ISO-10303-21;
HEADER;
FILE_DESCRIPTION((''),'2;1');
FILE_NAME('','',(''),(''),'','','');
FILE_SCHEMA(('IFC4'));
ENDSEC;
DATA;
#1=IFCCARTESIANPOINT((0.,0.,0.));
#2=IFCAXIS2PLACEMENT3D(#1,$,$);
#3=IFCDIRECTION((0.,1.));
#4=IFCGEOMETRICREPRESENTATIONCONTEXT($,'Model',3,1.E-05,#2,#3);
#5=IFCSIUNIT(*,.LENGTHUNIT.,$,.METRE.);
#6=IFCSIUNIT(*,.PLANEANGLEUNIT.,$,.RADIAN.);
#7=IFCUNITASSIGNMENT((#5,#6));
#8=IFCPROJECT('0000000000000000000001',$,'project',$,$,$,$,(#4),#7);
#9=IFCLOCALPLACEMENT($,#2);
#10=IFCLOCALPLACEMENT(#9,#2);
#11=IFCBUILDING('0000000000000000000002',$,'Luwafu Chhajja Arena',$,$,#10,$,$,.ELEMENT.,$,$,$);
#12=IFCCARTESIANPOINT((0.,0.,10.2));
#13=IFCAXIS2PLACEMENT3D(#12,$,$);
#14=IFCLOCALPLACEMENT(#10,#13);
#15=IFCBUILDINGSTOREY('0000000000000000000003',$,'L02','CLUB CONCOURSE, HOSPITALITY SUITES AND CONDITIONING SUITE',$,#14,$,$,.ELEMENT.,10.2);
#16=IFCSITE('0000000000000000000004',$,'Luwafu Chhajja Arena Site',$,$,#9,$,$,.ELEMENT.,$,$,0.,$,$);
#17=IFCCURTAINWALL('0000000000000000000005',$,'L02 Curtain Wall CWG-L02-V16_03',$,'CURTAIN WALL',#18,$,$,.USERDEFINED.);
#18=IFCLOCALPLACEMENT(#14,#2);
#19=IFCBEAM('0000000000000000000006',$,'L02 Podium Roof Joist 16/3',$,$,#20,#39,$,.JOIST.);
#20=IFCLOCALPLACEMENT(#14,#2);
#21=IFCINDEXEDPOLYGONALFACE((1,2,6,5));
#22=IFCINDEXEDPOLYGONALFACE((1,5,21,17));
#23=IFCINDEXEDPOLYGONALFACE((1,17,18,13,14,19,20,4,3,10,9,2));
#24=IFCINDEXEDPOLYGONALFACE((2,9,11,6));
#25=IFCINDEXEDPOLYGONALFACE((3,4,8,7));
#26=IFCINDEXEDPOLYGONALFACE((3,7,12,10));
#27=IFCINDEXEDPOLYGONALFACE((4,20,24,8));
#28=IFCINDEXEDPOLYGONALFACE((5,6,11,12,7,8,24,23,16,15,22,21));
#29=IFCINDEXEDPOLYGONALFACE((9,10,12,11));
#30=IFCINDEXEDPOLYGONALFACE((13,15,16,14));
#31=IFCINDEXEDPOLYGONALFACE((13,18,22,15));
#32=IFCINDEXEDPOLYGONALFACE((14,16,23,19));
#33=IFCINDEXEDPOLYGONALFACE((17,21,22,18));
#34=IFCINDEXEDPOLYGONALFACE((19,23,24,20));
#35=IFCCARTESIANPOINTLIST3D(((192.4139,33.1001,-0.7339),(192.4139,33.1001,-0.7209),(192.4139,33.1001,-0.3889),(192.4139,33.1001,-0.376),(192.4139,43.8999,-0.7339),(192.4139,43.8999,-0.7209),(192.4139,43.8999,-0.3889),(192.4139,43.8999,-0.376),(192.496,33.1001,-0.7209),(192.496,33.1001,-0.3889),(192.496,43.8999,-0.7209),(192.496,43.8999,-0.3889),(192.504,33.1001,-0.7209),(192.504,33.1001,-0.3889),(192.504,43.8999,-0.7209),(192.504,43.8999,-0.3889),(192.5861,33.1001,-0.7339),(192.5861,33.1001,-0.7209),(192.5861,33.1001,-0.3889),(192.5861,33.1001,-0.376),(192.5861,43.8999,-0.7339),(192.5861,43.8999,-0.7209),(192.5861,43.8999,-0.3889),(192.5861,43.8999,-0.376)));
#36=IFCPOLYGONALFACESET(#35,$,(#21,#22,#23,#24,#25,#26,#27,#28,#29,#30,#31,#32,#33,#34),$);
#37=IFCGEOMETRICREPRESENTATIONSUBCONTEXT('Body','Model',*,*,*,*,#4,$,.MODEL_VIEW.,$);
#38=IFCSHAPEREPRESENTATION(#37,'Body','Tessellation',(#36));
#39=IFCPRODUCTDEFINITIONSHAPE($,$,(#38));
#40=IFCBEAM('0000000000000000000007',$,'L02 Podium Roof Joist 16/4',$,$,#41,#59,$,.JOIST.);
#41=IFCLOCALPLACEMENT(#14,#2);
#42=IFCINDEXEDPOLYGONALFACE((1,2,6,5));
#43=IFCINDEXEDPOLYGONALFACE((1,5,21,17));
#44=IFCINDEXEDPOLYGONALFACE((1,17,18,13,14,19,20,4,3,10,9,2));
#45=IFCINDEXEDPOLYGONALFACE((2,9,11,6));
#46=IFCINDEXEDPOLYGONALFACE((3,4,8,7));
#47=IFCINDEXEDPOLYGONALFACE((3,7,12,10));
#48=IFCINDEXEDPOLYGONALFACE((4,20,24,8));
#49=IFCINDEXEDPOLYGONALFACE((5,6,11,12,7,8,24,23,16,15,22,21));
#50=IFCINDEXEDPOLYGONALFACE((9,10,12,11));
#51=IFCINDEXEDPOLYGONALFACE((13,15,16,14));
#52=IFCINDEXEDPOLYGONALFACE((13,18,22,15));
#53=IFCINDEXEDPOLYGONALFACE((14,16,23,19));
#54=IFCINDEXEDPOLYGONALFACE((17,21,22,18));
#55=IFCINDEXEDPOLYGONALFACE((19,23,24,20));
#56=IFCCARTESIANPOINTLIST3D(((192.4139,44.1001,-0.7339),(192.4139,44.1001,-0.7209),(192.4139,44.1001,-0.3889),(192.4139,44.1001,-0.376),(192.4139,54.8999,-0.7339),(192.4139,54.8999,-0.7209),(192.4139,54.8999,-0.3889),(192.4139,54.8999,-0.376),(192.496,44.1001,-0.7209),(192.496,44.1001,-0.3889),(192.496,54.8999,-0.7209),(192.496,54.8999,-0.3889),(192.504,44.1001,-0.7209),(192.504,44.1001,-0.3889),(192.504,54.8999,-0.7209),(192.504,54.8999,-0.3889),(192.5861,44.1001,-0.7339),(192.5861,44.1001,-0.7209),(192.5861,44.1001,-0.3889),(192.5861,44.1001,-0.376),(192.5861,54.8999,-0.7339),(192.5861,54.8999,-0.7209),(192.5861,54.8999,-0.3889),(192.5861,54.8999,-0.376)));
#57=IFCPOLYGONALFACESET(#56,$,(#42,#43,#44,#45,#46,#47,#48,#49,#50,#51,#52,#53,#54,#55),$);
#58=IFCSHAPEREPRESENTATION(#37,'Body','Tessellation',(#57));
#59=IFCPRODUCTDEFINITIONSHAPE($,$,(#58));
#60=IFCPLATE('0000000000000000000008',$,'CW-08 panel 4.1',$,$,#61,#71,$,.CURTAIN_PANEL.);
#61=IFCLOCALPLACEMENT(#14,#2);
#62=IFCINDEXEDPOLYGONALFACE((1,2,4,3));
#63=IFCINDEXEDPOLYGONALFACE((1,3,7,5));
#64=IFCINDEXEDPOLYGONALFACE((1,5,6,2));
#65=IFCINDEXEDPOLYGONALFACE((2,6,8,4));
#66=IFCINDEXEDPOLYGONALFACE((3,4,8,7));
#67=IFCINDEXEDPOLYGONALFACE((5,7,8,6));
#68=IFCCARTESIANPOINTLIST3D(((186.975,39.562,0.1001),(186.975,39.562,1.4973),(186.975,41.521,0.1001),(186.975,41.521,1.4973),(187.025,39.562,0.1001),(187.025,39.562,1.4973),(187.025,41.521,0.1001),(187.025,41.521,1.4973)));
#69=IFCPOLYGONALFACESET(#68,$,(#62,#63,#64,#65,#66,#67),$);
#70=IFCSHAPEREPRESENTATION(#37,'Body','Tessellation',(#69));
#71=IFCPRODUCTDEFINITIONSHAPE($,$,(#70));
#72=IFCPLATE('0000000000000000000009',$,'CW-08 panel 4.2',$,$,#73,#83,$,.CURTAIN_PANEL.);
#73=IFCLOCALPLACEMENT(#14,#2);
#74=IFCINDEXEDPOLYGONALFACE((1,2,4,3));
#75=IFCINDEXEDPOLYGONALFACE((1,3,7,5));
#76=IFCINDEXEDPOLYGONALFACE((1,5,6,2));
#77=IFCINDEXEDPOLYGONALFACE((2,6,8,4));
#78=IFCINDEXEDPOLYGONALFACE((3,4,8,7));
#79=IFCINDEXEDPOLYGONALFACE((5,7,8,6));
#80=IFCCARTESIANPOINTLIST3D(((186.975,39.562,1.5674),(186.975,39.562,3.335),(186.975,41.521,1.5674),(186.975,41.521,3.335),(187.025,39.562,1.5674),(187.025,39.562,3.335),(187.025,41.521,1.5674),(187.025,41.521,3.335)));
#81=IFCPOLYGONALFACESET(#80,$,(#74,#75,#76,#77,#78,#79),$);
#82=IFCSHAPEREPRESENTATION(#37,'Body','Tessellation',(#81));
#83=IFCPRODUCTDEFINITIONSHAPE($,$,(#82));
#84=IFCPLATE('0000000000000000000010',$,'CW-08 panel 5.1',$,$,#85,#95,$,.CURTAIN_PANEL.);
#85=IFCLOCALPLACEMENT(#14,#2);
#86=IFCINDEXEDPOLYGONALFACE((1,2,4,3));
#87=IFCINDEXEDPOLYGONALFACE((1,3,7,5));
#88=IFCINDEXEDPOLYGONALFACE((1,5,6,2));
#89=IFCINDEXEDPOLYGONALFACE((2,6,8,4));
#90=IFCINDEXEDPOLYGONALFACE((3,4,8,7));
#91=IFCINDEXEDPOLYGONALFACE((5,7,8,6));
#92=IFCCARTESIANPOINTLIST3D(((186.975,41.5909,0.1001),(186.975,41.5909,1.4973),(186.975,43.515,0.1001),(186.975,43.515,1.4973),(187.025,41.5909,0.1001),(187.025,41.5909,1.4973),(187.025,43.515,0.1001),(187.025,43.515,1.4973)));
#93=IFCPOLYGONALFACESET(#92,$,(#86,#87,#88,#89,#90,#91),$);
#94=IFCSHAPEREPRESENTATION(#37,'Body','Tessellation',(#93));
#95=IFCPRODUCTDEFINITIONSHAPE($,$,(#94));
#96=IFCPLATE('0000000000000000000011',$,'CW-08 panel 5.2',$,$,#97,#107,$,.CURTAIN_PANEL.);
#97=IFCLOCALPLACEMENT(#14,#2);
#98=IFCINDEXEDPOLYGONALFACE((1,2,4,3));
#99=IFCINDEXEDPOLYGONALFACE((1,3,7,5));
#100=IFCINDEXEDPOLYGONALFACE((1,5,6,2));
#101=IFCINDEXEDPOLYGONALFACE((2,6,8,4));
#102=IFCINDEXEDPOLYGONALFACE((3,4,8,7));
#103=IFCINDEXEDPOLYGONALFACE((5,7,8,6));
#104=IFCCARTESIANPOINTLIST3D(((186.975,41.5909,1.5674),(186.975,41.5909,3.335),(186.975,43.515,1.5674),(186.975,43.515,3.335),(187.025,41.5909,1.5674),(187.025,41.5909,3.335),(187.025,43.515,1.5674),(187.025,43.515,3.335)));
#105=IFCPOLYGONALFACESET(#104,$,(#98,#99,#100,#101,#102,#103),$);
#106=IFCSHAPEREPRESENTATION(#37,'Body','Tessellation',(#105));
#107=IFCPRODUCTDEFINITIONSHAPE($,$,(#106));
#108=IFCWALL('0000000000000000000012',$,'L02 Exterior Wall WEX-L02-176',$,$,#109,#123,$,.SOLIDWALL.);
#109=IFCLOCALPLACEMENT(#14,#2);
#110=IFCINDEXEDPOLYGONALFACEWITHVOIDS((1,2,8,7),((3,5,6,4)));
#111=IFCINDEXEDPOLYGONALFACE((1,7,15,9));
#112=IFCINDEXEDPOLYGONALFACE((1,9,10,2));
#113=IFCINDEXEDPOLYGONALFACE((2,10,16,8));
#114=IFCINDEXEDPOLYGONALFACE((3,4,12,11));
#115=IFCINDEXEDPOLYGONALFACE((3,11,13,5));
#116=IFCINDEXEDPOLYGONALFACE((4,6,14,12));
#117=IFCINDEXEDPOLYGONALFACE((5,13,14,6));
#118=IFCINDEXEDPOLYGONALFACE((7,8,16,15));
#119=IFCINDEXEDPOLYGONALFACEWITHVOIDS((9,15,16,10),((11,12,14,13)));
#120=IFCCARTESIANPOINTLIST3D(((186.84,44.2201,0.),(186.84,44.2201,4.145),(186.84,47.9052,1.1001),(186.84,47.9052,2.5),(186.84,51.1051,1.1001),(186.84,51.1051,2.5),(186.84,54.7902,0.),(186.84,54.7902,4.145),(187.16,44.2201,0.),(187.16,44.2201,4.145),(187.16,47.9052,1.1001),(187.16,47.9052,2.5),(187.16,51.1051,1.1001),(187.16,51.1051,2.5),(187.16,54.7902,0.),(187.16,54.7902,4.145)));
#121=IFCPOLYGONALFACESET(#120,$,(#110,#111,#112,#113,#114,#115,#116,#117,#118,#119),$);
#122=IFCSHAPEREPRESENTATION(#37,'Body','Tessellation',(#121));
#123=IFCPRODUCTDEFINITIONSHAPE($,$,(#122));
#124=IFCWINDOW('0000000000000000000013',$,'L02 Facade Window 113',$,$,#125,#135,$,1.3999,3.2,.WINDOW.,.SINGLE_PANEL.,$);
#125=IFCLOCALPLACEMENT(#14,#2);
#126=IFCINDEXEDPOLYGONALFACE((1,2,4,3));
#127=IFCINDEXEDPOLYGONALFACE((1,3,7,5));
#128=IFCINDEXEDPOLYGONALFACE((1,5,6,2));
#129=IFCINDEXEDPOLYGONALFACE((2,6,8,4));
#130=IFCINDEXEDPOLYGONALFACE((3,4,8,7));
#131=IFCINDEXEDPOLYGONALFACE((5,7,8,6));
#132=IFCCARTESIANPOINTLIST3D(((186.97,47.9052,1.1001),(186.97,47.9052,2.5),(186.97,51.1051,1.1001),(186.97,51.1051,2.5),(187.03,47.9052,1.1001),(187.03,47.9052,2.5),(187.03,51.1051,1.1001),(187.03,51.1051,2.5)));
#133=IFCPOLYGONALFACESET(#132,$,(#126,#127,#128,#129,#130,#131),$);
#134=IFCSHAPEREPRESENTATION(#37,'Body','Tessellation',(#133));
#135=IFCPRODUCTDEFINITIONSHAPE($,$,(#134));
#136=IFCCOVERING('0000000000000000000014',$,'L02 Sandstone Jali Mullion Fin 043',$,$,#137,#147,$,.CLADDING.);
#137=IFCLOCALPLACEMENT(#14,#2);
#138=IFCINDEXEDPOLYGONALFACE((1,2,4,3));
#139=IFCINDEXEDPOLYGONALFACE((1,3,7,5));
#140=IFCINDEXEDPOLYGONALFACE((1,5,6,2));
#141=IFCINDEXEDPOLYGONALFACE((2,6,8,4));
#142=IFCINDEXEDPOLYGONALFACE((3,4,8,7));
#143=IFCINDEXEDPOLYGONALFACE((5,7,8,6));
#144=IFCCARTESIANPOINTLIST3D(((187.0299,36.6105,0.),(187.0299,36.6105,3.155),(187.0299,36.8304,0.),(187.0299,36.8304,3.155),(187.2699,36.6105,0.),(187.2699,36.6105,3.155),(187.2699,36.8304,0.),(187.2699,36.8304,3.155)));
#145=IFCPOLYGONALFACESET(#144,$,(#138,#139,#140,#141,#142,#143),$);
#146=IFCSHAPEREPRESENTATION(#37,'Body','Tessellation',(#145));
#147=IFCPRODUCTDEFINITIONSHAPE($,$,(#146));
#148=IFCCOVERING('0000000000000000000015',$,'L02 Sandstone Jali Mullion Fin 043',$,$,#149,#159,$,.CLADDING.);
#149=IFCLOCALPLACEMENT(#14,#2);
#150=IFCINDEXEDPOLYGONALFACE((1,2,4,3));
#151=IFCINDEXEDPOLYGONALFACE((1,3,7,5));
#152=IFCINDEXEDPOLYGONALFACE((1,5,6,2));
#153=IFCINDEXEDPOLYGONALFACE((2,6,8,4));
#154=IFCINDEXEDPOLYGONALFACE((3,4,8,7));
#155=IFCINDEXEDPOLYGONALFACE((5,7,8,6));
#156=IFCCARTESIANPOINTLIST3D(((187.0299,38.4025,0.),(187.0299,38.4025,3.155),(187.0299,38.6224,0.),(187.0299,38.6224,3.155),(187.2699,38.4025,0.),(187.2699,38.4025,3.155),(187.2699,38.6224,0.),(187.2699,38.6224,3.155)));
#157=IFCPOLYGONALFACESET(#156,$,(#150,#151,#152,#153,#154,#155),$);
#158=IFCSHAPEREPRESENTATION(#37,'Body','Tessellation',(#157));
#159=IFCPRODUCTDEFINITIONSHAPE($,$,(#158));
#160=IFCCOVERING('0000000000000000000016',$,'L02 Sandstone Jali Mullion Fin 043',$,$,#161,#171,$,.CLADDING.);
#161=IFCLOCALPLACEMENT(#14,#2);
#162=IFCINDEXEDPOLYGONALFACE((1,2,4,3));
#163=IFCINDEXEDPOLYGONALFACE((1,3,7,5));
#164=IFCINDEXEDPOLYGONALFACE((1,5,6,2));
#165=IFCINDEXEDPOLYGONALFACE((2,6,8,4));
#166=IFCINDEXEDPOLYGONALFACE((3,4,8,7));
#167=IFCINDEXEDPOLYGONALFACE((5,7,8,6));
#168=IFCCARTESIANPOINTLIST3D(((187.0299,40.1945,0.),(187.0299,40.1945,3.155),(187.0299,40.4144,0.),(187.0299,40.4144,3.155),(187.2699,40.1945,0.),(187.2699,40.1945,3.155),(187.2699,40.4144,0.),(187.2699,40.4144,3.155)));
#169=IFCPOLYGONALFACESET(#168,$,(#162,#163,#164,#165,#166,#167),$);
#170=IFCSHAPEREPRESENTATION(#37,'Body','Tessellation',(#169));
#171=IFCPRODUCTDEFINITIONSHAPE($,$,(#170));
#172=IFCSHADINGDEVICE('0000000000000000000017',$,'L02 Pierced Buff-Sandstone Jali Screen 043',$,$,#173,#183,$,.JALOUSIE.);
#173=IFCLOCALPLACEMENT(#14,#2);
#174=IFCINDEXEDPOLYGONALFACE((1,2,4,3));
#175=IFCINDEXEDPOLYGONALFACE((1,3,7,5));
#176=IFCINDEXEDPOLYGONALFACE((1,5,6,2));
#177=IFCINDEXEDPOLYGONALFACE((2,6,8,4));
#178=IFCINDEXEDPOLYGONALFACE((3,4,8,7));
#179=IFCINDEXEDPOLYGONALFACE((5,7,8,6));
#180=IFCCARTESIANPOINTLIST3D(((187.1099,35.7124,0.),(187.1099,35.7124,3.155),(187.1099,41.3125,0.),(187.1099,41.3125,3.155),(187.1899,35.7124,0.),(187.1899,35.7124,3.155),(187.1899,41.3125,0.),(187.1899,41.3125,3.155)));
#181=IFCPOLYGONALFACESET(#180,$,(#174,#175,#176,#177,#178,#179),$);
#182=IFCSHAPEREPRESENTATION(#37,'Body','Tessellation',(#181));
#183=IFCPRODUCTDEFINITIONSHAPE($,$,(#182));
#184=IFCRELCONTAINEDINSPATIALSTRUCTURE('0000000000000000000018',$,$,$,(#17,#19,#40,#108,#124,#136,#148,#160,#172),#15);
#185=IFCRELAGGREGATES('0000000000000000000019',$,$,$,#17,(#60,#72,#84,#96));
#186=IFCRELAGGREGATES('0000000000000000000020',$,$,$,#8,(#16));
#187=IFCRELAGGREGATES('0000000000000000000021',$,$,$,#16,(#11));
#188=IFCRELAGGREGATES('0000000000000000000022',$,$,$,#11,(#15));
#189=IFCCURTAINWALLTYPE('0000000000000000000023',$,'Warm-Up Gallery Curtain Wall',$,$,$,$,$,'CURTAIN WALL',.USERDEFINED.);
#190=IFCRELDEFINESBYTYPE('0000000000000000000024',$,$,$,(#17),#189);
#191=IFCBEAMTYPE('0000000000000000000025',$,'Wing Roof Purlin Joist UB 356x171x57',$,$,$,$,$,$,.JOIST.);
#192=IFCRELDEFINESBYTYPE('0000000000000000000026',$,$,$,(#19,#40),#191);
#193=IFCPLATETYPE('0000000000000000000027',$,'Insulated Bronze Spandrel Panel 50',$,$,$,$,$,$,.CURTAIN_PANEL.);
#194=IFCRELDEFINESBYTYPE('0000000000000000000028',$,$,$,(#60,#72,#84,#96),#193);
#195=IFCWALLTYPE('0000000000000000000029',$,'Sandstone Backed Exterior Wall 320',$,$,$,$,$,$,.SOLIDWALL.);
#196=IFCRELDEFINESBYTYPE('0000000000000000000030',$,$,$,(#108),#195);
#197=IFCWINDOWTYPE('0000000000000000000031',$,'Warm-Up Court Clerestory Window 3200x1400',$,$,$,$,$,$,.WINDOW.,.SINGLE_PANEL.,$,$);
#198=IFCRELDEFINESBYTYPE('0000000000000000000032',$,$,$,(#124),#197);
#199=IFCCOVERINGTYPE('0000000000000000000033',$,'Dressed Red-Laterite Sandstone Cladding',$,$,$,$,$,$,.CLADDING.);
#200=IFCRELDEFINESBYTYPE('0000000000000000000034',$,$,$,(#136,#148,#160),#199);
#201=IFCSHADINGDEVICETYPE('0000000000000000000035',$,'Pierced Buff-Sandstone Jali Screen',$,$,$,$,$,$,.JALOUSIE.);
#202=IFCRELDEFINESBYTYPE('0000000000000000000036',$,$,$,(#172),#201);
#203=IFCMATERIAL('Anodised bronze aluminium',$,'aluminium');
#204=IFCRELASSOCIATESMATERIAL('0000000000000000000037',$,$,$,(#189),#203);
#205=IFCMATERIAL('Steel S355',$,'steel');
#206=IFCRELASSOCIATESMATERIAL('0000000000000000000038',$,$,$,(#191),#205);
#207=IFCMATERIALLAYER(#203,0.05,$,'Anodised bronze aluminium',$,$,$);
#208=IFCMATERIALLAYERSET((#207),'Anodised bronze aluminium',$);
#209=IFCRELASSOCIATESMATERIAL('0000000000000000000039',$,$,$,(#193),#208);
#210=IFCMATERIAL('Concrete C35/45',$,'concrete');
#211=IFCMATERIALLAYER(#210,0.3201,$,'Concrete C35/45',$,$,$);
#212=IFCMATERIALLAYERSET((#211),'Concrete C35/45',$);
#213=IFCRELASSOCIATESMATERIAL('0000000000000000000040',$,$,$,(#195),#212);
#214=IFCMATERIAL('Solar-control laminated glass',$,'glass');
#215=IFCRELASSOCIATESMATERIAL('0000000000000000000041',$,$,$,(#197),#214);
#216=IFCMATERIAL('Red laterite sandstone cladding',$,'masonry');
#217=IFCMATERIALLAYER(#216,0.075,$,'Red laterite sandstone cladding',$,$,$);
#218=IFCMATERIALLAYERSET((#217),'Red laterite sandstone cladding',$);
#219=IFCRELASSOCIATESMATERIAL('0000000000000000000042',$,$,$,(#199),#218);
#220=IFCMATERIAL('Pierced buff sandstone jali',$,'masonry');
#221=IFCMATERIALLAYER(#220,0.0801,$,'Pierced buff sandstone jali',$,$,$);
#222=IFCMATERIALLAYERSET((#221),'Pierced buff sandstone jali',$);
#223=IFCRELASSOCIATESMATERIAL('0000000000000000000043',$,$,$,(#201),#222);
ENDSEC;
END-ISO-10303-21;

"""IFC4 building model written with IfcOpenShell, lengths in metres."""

from ifc_helpers import new_model, si_unit, direction, frame, frame_2d, origin, origin_2d, place, context, subcontext, project, spatial, rectangle, i_section, extrude, material, layer, layer_set, material_profile, profile_set, type_object, element, fill, aggregate, save


model = new_model("IFC4")

# Units and contexts
model_context = context("Model", 3, precision=1e-05, world=origin(), true_north=direction((0.0, 1.0)))
body_context = subcontext(model_context, "Body", "Model", "MODEL_VIEW")
ifc_project = project(units=[si_unit("LENGTHUNIT", "METRE"), si_unit("PLANEANGLEUNIT", "RADIAN")], contexts=[model_context])

# Site, building, storey
site_placement = place(None, origin())
site = spatial("IfcSite", under=ifc_project, at=site_placement, Name="Luwafu Chhajja Arena Site", CompositionType="ELEMENT", RefElevation=0.0)
building_placement = place(site_placement, origin())
building = spatial("IfcBuilding", under=site, at=building_placement, Name="Luwafu Chhajja Arena", CompositionType="ELEMENT")
storey_placement = place(building_placement, frame((0.0, 0.0, 10.2)))
storey = spatial("IfcBuildingStorey", under=building, at=storey_placement, Name="L02", Description="CLUB CONCOURSE, HOSPITALITY SUITES AND CONDITIONING SUITE", CompositionType="ELEMENT", Elevation=10.2)

# Shared definitions
ifc_material_1 = material(Name="Concrete C35/45", Category="concrete")

# Curtain wall
ifc_material_2 = material(Name="Anodised bronze aluminium", Category="aluminium")
curtain_wall_type = type_object("IfcCurtainWallType", Name="Warm-Up Gallery Curtain Wall", ElementType="CURTAIN WALL", PredefinedType="USERDEFINED", material=ifc_material_2)
curtain_wall_placement = place(storey_placement, origin())
curtain_wall = element("IfcCurtainWall", 1, at=curtain_wall_placement, inside=storey, type_object=curtain_wall_type, Name="L02 Curtain Wall CWG-L02-V16_03", ObjectType="CURTAIN WALL", PredefinedType="USERDEFINED")

# Beams
ifc_material_3 = material(Name="Steel S355", Category="steel")
ifc_material_profile_1 = material_profile(ifc_material_3, i_section(OverallWidth=0.1721, OverallDepth=0.3579, WebThickness=0.0081, FlangeThickness=0.0129, at=origin_2d()), Name="UB 356x171x57")
ifc_profile_set_1 = profile_set([ifc_material_profile_1], Name="Steel S355")
beam_type_1 = type_object("IfcBeamType", Name="Wing Roof Purlin Joist UB 356x171x57", PredefinedType="JOIST", material=ifc_profile_set_1)
for number, where, z_axis, x_axis, name in (
    (2, (192.5, 33.1001, -0.5549), (0.0, 1.0, 0.0), (-1.0, 0.0, 0.0), "L02 Podium Roof Joist 16/3"),
    (3, (192.5, 44.1001, -0.5549), (0.0, 1.0, 0.0), (-1.0, 0.0, 0.0), "L02 Podium Roof Joist 16/4"),
):
    element("IfcBeam", number, at=place(storey_placement, frame(where, z_axis=z_axis, x_axis=x_axis)), inside=storey, type_object=beam_type_1, Name=name, PredefinedType="JOIST", context=body_context, shape_type="SweptSolid", body=[
        extrude(i_section(OverallWidth=0.1721, OverallDepth=0.3579, WebThickness=0.0081, FlangeThickness=0.0129, at=origin_2d()), origin(), (0.0, 0.0, 1.0), 10.7998),
    ])

# Plates
ifc_layer_1 = layer(ifc_material_2, 0.05, Name="Anodised bronze aluminium")
ifc_layer_set_1 = layer_set([ifc_layer_1], Name="Anodised bronze aluminium")
plate_type = type_object("IfcPlateType", Name="Insulated Bronze Spandrel Panel 50", PredefinedType="CURTAIN_PANEL", material=ifc_layer_set_1)
plate_1_placement = place(storey_placement, frame((187.0, 40.5415, 0.1001), z_axis=(0.0, 0.0, 1.0), x_axis=(0.0, 1.0, 0.0)))
plate_1 = element("IfcPlate", 4, at=plate_1_placement, type_object=plate_type, Name="CW-08 panel 4.1", PredefinedType="CURTAIN_PANEL", context=body_context, shape_type="SweptSolid", body=[
    extrude(rectangle(XDim=1.959, YDim=0.05, at=origin_2d()), origin(), (0.0, 0.0, 1.0), 1.3972),
])
plate_2_placement = place(storey_placement, frame((187.0, 40.5415, 1.5674), z_axis=(0.0, 0.0, 1.0), x_axis=(0.0, 1.0, 0.0)))
plate_2 = element("IfcPlate", 5, at=plate_2_placement, type_object=plate_type, Name="CW-08 panel 4.2", PredefinedType="CURTAIN_PANEL", context=body_context, shape_type="SweptSolid", body=[
    extrude(rectangle(XDim=1.959, YDim=0.05, at=origin_2d()), origin(), (0.0, 0.0, 1.0), 1.7676),
])
plate_3_placement = place(storey_placement, frame((187.0, 42.553, 0.1001), z_axis=(0.0, 0.0, 1.0), x_axis=(0.0, 1.0, 0.0)))
plate_3 = element("IfcPlate", 6, at=plate_3_placement, type_object=plate_type, Name="CW-08 panel 5.1", PredefinedType="CURTAIN_PANEL", context=body_context, shape_type="SweptSolid", body=[
    extrude(rectangle(XDim=1.9241, YDim=0.05, at=origin_2d()), origin(), (0.0, 0.0, 1.0), 1.3972),
])
plate_4_placement = place(storey_placement, frame((187.0, 42.553, 1.5674), z_axis=(0.0, 0.0, 1.0), x_axis=(0.0, 1.0, 0.0)))
plate_4 = element("IfcPlate", 7, at=plate_4_placement, type_object=plate_type, Name="CW-08 panel 5.2", PredefinedType="CURTAIN_PANEL", context=body_context, shape_type="SweptSolid", body=[
    extrude(rectangle(XDim=1.9241, YDim=0.05, at=origin_2d()), origin(), (0.0, 0.0, 1.0), 1.7676),
])
aggregate(curtain_wall, [plate_1, plate_2, plate_3, plate_4])

# Wall, opening, window
ifc_layer_2 = layer(ifc_material_1, 0.3201, Name="Concrete C35/45")
ifc_layer_set_2 = layer_set([ifc_layer_2], Name="Concrete C35/45")
wall_type = type_object("IfcWallType", Name="Sandstone Backed Exterior Wall 320", PredefinedType="SOLIDWALL", material=ifc_layer_set_2)
wall_placement = place(storey_placement, frame((187.0, 44.22, 0.0), z_axis=(0.0, 0.0, 1.0), x_axis=(0.0, 1.0, 0.0)))
wall = element("IfcWall", 8, at=wall_placement, inside=storey, type_object=wall_type, Name="L02 Exterior Wall WEX-L02-176", PredefinedType="SOLIDWALL", context=body_context, shape_type="SweptSolid", body=[
    extrude(rectangle(XDim=10.5701, YDim=0.3201, at=frame_2d((5.2852, 0.0))), origin(), (0.0, 0.0, 1.0), 4.145),
])
opening_placement = place(wall_placement, frame((3.6851, 0.0, 1.1001)))
opening = element("IfcOpeningElement", 9, at=opening_placement, cuts=wall, PredefinedType="OPENING", context=body_context, shape_type="SweptSolid", body=[
    extrude(rectangle(XDim=3.2, YDim=1.3999, at=frame_2d((1.6001, 0.7))), frame((0.0, 0.1699, 0.0), z_axis=(0.0, -1.0, 0.0), x_axis=(1.0, 0.0, 0.0)), (0.0, 0.0, 1.0), 0.3401),
])
ifc_material_4 = material(Name="Solar-control laminated glass", Category="glass")
window_type = type_object("IfcWindowType", Name="Warm-Up Court Clerestory Window 3200x1400", PartitioningType="SINGLE_PANEL", PredefinedType="WINDOW", material=ifc_material_4)
window_placement = place(opening_placement, origin())
window = element("IfcWindow", 10, at=window_placement, inside=storey, type_object=window_type, Name="L02 Facade Window 113", OverallHeight=1.3999, OverallWidth=3.2, PartitioningType="SINGLE_PANEL", PredefinedType="WINDOW", context=body_context, shape_type="SweptSolid", body=[
    extrude(rectangle(XDim=3.2, YDim=1.3999, at=frame_2d((1.6001, 0.7))), frame((0.0, 0.03, 0.0), z_axis=(0.0, -1.0, 0.0), x_axis=(1.0, 0.0, 0.0)), (0.0, 0.0, 1.0), 0.0601),
])
fill(opening, window)

# Coverings
ifc_material_5 = material(Name="Red laterite sandstone cladding", Category="masonry")
ifc_layer_3 = layer(ifc_material_5, 0.075, Name="Red laterite sandstone cladding")
ifc_layer_set_3 = layer_set([ifc_layer_3], Name="Red laterite sandstone cladding")
covering_type = type_object("IfcCoveringType", Name="Dressed Red-Laterite Sandstone Cladding", PredefinedType="CLADDING", material=ifc_layer_set_3)
for number, where, z_axis, x_axis, name in (
    (11, (187.1499, 36.7205, 0.0), (0.0, 0.0, 1.0), (0.0, 1.0, 0.0), "L02 Sandstone Jali Mullion Fin 043"),
    (12, (187.1499, 38.5125, 0.0), (0.0, 0.0, 1.0), (0.0, 1.0, 0.0), "L02 Sandstone Jali Mullion Fin 043"),
    (13, (187.1499, 40.3044, 0.0), (0.0, 0.0, 1.0), (0.0, 1.0, 0.0), "L02 Sandstone Jali Mullion Fin 043"),
):
    element("IfcCovering", number, at=place(storey_placement, frame(where, z_axis=z_axis, x_axis=x_axis)), inside=storey, type_object=covering_type, Name=name, PredefinedType="CLADDING", context=body_context, shape_type="SweptSolid", body=[
        extrude(rectangle(XDim=0.22, YDim=0.24, at=origin_2d()), origin(), (0.0, 0.0, 1.0), 3.155),
    ])

# Shading device
ifc_material_6 = material(Name="Pierced buff sandstone jali", Category="masonry")
ifc_layer_4 = layer(ifc_material_6, 0.0801, Name="Pierced buff sandstone jali")
ifc_layer_set_4 = layer_set([ifc_layer_4], Name="Pierced buff sandstone jali")
shading_device_type = type_object("IfcShadingDeviceType", Name="Pierced Buff-Sandstone Jali Screen", PredefinedType="JALOUSIE", material=ifc_layer_set_4)
shading_device_placement = place(storey_placement, frame((187.1499, 38.5125, 0.0), z_axis=(0.0, 0.0, 1.0), x_axis=(0.0, 1.0, 0.0)))
element("IfcShadingDevice", 14, at=shading_device_placement, inside=storey, type_object=shading_device_type, Name="L02 Pierced Buff-Sandstone Jali Screen 043", PredefinedType="JALOUSIE", context=body_context, shape_type="SweptSolid", body=[
    extrude(rectangle(XDim=5.6001, YDim=0.0801, at=origin_2d()), origin(), (0.0, 0.0, 1.0), 3.155),
])

save(model, "model.ifc")
